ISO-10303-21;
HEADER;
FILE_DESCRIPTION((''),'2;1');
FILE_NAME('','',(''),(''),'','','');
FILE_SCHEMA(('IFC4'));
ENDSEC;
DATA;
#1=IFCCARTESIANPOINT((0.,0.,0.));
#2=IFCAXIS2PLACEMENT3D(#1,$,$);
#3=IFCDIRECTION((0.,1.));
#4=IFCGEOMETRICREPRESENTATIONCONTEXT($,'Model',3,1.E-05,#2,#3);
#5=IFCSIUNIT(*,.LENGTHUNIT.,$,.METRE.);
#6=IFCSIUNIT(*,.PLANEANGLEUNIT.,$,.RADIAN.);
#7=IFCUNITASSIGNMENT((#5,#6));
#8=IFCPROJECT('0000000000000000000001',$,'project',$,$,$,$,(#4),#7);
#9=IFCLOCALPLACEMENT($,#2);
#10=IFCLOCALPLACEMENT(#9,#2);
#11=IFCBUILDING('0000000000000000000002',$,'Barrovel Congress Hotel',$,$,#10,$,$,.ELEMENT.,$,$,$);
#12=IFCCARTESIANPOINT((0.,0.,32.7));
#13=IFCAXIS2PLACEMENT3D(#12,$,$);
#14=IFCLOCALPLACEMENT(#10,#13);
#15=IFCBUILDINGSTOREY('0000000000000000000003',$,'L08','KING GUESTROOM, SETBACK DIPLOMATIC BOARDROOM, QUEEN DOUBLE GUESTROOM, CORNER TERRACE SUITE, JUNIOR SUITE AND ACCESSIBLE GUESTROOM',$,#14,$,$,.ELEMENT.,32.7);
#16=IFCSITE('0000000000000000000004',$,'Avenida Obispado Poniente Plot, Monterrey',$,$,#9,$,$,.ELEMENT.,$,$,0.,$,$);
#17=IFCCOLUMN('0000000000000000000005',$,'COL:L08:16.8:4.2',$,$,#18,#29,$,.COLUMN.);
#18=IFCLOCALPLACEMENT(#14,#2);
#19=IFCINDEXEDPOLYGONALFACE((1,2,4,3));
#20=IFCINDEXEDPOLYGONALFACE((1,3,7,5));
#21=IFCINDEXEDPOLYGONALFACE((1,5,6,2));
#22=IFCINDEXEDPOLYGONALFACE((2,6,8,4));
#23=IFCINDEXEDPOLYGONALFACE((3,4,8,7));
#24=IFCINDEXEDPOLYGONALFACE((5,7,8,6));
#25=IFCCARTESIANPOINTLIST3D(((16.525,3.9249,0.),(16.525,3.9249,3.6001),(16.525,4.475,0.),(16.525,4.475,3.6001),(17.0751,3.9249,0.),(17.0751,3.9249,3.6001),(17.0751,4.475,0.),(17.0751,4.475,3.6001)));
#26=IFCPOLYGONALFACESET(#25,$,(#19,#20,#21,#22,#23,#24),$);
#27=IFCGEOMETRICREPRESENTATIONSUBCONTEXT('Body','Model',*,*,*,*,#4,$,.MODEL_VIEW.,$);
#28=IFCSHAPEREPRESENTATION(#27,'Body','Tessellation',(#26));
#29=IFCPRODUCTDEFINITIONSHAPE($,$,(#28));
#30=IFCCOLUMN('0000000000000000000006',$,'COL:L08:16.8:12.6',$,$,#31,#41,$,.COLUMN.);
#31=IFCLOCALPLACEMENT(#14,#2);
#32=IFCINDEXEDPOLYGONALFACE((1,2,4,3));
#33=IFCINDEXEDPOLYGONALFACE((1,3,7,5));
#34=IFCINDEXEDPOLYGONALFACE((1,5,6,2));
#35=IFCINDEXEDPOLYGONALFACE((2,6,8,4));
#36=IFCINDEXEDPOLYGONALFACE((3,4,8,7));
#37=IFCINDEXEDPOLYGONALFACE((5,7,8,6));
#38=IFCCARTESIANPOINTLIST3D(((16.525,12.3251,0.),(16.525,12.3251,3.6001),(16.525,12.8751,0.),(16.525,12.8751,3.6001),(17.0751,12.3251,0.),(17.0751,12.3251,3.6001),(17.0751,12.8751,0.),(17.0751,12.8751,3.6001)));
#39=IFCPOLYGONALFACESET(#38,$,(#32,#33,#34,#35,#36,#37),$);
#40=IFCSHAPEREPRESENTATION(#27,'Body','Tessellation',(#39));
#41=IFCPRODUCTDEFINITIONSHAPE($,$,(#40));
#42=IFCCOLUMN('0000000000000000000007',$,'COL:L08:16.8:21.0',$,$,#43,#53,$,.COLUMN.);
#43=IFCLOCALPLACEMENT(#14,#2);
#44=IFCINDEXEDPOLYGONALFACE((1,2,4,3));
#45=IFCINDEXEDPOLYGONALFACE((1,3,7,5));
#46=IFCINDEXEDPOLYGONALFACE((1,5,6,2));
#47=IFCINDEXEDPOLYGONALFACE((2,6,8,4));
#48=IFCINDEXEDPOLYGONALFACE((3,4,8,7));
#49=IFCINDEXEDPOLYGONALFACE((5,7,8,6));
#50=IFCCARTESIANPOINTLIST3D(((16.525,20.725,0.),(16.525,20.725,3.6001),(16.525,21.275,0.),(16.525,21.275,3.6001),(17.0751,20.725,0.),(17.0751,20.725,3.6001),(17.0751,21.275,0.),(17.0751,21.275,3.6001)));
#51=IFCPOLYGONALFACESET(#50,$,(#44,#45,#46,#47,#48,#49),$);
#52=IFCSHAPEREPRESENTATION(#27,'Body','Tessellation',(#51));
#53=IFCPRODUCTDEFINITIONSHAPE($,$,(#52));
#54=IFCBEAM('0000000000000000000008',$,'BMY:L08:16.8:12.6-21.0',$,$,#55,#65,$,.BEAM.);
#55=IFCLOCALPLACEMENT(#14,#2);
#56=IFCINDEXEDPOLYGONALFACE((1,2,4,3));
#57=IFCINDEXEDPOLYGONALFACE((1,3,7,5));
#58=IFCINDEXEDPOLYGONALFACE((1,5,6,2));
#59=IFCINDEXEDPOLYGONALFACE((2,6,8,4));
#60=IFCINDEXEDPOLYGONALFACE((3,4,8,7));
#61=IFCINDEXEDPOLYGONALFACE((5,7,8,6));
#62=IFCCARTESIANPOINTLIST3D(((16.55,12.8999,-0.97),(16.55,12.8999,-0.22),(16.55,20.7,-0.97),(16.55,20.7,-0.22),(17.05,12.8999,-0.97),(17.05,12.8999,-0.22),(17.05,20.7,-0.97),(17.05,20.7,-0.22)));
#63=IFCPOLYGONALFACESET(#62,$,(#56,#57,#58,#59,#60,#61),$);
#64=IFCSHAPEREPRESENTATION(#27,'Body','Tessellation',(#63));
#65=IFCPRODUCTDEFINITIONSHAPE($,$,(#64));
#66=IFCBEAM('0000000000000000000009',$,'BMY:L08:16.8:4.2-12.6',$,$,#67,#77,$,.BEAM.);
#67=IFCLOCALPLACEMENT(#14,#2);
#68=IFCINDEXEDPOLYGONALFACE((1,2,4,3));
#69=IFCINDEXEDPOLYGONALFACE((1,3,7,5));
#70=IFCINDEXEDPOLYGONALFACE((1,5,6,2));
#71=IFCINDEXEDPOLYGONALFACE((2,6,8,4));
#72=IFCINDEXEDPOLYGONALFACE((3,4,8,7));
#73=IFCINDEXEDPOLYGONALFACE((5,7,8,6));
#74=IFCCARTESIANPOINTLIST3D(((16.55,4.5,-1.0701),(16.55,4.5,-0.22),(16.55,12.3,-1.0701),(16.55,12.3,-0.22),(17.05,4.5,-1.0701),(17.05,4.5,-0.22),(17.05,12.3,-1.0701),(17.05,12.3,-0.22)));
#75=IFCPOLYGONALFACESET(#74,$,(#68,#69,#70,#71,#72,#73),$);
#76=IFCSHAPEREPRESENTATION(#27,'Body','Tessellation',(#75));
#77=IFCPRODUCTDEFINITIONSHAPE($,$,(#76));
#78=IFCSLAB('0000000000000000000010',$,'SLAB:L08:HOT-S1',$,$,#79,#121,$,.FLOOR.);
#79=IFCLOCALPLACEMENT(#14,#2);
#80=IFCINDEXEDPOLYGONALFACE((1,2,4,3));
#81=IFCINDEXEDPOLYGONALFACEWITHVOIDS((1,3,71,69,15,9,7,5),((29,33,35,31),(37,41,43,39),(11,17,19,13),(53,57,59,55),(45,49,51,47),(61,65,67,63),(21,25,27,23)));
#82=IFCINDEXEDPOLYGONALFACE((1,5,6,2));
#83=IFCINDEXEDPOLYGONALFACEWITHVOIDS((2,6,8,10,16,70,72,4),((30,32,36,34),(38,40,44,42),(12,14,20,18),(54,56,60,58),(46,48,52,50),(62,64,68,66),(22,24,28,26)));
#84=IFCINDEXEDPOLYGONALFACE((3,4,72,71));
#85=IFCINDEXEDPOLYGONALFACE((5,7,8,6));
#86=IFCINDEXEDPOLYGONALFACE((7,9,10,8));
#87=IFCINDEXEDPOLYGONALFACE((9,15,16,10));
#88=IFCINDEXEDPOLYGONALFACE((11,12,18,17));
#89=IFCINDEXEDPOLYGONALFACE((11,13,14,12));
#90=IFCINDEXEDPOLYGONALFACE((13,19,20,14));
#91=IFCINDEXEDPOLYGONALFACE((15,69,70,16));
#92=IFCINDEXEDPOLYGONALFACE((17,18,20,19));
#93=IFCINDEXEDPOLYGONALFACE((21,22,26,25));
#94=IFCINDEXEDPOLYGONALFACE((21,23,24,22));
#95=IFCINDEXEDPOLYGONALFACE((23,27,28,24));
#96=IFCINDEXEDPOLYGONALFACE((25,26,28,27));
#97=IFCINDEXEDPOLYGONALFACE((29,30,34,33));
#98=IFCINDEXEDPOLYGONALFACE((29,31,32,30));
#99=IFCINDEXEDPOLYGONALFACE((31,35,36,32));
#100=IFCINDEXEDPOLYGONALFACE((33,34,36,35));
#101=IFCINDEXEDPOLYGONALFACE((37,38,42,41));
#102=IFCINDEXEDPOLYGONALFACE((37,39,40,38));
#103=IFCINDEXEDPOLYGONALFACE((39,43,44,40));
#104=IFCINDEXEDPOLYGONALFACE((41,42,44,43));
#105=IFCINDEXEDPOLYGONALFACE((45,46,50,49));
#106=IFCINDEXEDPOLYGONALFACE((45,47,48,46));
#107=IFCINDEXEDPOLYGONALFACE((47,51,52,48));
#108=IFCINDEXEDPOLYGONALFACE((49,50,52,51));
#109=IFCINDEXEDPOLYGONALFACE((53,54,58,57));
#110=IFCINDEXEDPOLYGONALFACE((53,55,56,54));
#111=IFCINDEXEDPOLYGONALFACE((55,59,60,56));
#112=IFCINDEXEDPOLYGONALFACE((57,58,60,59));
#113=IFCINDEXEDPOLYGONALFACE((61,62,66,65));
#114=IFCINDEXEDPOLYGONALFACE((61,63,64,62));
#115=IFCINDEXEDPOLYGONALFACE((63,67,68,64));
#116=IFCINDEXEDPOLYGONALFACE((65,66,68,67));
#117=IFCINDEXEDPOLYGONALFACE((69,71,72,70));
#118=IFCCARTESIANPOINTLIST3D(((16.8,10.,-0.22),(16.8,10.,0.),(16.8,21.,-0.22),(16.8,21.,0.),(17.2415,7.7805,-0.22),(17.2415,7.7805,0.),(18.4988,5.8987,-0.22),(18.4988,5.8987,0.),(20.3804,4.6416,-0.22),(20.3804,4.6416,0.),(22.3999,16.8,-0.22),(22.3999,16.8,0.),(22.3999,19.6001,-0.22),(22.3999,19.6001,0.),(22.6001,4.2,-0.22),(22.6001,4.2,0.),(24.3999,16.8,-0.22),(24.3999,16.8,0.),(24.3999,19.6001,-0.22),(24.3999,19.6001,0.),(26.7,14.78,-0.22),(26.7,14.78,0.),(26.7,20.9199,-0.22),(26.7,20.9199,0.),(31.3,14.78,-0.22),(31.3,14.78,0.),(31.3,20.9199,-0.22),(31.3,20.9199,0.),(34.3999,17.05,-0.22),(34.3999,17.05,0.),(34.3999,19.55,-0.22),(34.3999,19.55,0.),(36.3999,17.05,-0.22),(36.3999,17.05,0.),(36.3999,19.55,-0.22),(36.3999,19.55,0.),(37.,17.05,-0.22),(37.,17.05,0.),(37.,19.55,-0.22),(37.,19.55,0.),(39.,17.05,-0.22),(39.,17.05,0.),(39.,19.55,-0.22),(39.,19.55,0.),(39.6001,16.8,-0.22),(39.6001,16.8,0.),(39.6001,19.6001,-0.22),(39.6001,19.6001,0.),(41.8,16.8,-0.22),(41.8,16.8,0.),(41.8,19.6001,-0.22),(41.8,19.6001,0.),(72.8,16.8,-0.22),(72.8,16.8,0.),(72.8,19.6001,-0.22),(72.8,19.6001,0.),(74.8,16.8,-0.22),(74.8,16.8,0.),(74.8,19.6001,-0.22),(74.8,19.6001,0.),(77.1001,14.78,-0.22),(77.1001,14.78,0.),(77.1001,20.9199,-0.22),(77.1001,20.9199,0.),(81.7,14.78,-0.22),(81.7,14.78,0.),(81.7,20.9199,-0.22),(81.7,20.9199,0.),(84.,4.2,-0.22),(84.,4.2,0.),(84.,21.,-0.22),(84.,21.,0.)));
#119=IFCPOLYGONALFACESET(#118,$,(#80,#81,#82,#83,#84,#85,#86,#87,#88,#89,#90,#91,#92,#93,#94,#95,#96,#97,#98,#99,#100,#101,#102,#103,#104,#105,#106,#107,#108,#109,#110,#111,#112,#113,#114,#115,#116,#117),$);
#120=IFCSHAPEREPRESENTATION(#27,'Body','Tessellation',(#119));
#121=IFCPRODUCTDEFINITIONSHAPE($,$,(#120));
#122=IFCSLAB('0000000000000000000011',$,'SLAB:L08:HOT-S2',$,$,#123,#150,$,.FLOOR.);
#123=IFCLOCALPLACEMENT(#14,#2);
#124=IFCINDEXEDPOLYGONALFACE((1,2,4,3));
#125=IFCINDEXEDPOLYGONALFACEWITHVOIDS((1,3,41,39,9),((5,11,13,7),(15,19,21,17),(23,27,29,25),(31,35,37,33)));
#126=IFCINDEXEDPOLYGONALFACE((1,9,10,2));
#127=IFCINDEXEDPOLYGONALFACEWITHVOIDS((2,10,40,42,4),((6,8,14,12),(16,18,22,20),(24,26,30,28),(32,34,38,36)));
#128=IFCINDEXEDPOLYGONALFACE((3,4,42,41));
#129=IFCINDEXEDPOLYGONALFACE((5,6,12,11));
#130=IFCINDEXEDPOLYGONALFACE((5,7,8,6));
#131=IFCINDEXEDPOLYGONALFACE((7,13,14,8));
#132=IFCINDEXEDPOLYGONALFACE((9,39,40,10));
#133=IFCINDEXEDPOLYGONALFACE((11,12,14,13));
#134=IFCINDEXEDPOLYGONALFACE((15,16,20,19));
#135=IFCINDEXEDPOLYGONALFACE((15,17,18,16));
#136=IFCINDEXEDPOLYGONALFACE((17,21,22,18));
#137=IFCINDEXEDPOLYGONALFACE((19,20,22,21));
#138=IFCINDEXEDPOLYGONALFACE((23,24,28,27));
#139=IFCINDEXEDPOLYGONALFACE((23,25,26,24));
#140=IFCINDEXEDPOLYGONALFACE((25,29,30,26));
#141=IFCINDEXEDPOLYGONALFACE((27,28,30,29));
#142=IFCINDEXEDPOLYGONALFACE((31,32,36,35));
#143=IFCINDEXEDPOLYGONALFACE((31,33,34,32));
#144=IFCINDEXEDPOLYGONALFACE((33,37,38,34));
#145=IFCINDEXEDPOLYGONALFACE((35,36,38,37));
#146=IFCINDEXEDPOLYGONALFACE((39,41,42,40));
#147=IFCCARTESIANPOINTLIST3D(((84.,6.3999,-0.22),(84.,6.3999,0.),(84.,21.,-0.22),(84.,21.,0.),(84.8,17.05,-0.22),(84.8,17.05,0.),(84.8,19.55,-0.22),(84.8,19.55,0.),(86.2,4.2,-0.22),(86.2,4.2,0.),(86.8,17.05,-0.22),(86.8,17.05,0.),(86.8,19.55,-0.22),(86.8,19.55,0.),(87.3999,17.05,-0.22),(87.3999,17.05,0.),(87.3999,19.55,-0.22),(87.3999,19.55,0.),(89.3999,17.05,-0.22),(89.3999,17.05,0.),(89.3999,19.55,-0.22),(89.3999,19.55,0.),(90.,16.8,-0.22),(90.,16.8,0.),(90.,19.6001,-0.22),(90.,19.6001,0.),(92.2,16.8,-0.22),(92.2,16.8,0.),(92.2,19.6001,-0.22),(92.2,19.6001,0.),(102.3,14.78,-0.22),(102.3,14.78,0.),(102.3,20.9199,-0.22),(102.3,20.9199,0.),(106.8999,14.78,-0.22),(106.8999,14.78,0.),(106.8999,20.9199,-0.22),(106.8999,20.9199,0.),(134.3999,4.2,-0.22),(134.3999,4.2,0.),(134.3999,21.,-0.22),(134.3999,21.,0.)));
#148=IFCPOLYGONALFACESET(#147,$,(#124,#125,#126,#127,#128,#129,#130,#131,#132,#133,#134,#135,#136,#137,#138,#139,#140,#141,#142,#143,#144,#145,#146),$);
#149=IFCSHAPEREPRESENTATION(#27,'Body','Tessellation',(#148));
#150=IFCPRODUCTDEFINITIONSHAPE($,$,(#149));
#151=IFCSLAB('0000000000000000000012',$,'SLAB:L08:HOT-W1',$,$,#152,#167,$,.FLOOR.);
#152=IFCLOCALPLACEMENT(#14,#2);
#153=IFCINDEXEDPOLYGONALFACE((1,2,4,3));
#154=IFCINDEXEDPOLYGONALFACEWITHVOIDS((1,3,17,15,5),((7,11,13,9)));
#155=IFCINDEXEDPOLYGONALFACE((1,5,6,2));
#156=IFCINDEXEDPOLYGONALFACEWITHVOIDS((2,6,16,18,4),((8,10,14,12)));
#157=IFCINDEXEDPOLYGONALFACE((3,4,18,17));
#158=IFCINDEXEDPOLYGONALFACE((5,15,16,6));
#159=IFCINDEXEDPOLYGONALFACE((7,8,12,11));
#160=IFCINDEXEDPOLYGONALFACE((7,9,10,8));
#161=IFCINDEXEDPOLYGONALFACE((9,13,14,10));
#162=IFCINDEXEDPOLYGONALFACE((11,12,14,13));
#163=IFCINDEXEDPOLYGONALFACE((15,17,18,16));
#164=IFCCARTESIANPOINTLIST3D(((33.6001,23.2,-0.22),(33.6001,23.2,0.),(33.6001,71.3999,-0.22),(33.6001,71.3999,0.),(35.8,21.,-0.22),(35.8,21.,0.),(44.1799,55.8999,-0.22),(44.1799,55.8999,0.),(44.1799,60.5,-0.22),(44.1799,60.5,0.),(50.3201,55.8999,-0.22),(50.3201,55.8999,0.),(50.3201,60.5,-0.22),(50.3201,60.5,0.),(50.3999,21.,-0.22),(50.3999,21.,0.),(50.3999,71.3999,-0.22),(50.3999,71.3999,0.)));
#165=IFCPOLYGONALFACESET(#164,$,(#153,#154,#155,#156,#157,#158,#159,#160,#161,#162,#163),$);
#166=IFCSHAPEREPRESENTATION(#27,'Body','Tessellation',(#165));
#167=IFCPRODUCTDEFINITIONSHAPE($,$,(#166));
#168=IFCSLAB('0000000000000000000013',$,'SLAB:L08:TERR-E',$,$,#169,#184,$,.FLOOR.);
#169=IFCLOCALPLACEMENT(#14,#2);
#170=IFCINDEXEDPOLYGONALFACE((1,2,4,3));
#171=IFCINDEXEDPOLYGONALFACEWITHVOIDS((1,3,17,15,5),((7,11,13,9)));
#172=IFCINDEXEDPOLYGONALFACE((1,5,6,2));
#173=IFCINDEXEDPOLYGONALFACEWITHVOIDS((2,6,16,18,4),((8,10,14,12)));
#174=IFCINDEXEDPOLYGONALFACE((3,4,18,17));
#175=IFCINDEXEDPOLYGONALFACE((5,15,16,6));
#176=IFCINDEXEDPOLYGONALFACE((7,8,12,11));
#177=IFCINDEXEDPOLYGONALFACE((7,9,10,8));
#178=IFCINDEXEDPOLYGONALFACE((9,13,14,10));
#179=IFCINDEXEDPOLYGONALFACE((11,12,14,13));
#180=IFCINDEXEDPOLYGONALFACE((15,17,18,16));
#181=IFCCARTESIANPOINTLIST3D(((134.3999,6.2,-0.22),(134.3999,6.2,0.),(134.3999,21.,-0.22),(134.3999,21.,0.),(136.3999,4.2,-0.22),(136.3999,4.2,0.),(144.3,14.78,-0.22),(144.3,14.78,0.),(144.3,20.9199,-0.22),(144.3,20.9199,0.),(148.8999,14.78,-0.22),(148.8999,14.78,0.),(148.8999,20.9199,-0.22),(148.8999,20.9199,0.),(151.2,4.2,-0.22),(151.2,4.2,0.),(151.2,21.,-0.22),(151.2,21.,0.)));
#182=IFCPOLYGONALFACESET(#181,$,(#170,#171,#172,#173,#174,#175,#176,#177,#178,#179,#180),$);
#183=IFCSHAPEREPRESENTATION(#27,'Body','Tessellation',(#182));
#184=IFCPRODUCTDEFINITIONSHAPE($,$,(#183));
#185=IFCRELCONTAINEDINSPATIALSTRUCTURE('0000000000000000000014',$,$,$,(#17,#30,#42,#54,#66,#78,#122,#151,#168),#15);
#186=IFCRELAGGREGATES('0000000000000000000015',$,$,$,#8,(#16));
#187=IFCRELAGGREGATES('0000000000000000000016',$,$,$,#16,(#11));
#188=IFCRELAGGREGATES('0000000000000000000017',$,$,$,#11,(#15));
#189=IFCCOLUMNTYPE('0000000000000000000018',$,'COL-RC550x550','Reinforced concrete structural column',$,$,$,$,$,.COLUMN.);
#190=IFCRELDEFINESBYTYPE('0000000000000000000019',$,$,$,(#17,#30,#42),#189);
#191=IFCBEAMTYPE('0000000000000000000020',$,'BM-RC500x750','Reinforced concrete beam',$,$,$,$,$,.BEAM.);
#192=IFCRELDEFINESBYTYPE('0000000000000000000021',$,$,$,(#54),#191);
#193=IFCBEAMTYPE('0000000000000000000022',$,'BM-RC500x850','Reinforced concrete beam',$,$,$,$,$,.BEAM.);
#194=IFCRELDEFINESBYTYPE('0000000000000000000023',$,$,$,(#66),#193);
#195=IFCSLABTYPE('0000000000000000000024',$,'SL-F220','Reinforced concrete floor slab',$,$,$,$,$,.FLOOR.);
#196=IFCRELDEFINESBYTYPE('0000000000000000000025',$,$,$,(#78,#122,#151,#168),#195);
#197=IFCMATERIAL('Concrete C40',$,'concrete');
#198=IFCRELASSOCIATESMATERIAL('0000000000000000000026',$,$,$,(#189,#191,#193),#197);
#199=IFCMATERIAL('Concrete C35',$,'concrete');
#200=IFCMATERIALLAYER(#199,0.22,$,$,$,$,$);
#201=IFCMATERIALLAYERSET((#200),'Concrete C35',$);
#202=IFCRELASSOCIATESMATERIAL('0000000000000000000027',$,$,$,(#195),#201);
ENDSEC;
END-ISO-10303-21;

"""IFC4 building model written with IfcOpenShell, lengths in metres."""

from ifc_helpers import new_model, si_unit, direction, frame, origin, origin_2d, place, context, subcontext, project, spatial, polyline, rectangle, outline, extrude, material, layer, layer_set, material_profile, profile_set, type_object, element, save


model = new_model("IFC4")

# Units and contexts
model_context = context("Model", 3, precision=1e-05, world=origin(), true_north=direction((0.0, 1.0)))
body_context = subcontext(model_context, "Body", "Model", "MODEL_VIEW")
ifc_project = project(units=[si_unit("LENGTHUNIT", "METRE"), si_unit("PLANEANGLEUNIT", "RADIAN")], contexts=[model_context])

# Site, building, storey
site_placement = place(None, origin())
site = spatial("IfcSite", under=ifc_project, at=site_placement, Name="Avenida Obispado Poniente Plot, Monterrey", CompositionType="ELEMENT", RefElevation=0.0)
building_placement = place(site_placement, origin())
building = spatial("IfcBuilding", under=site, at=building_placement, Name="Barrovel Congress Hotel", CompositionType="ELEMENT")
storey_placement = place(building_placement, frame((0.0, 0.0, 32.7)))
storey = spatial("IfcBuildingStorey", under=building, at=storey_placement, Name="L08", Description="KING GUESTROOM, SETBACK DIPLOMATIC BOARDROOM, QUEEN DOUBLE GUESTROOM, CORNER TERRACE SUITE, JUNIOR SUITE AND ACCESSIBLE GUESTROOM", CompositionType="ELEMENT", Elevation=32.7)

# Columns
ifc_material_1 = material(Name="Concrete C40", Category="concrete")
ifc_material_profile_1 = material_profile(ifc_material_1, rectangle(XDim=0.55, YDim=0.55, at=origin_2d()), Name="RC550x550")
ifc_profile_set_1 = profile_set([ifc_material_profile_1], Name="Concrete C40")
column_type = type_object("IfcColumnType", Name="COL-RC550x550", Description="Reinforced concrete structural column", PredefinedType="COLUMN", material=ifc_profile_set_1)
for number, where, z_axis, x_axis, name in (
    (1, (16.8, 4.2, 0.0), (0.0, 0.0, 1.0), (1.0, 0.0, 0.0), "COL:L08:16.8:4.2"),
    (2, (16.8, 12.6001, 0.0), (0.0, 0.0, 1.0), (1.0, 0.0, 0.0), "COL:L08:16.8:12.6"),
    (3, (16.8, 21.0, 0.0), (0.0, 0.0, 1.0), (1.0, 0.0, 0.0), "COL:L08:16.8:21.0"),
):
    element("IfcColumn", number, at=place(storey_placement, frame(where, z_axis=z_axis, x_axis=x_axis)), inside=storey, type_object=column_type, Name=name, PredefinedType="COLUMN", context=body_context, shape_type="SweptSolid", body=[
        extrude(rectangle(XDim=0.55, YDim=0.55, at=origin_2d()), origin(), (0.0, 0.0, 1.0), 3.6001),
    ])

# Beams
ifc_material_profile_2 = material_profile(ifc_material_1, rectangle(XDim=0.5, YDim=0.75, at=origin_2d()), Name="RC500x750")
ifc_profile_set_2 = profile_set([ifc_material_profile_2], Name="Concrete C40")
beam_type_1 = type_object("IfcBeamType", Name="BM-RC500x750", Description="Reinforced concrete beam", PredefinedType="BEAM", material=ifc_profile_set_2)
beam_1_placement = place(storey_placement, frame((16.8, 12.8999, -0.595), z_axis=(0.0, 1.0, 0.0), x_axis=(-1.0, 0.0, 0.0)))
element("IfcBeam", 4, at=beam_1_placement, inside=storey, type_object=beam_type_1, Name="BMY:L08:16.8:12.6-21.0", PredefinedType="BEAM", context=body_context, shape_type="SweptSolid", body=[
    extrude(rectangle(XDim=0.5, YDim=0.75, at=origin_2d()), origin(), (0.0, 0.0, 1.0), 7.8),
])
ifc_material_profile_3 = material_profile(ifc_material_1, rectangle(XDim=0.5, YDim=0.8501, at=origin_2d()), Name="RC500x850")
ifc_profile_set_3 = profile_set([ifc_material_profile_3], Name="Concrete C40")
beam_type_2 = type_object("IfcBeamType", Name="BM-RC500x850", Description="Reinforced concrete beam", PredefinedType="BEAM", material=ifc_profile_set_3)
beam_2_placement = place(storey_placement, frame((16.8, 4.5, -0.645), z_axis=(0.0, 1.0, 0.0), x_axis=(-1.0, 0.0, 0.0)))
element("IfcBeam", 5, at=beam_2_placement, inside=storey, type_object=beam_type_2, Name="BMY:L08:16.8:4.2-12.6", PredefinedType="BEAM", context=body_context, shape_type="SweptSolid", body=[
    extrude(rectangle(XDim=0.5, YDim=0.8501, at=origin_2d()), origin(), (0.0, 0.0, 1.0), 7.8),
])

# Slabs
ifc_material_2 = material(Name="Concrete C35", Category="concrete")
ifc_layer_1 = layer(ifc_material_2, 0.22)
ifc_layer_set_1 = layer_set([ifc_layer_1], Name="Concrete C35")
slab_type_1 = type_object("IfcSlabType", Name="SL-F220", Description="Reinforced concrete floor slab", PredefinedType="FLOOR", material=ifc_layer_set_1)
slab_1_placement = place(storey_placement, frame((0.0, 0.0, -0.22)))
element("IfcSlab", 6, at=slab_1_placement, inside=storey, type_object=slab_type_1, Name="SLAB:L08:HOT-S1", PredefinedType="FLOOR", context=body_context, shape_type="SweptSolid", body=[
    extrude(outline(polyline([(16.8, 10.0), (17.2415, 7.7805), (18.4988, 5.8987), (20.3804, 4.6416), (22.6001, 4.2), (84.0, 4.2), (84.0, 21.0), (16.8, 21.0), (16.8, 10.0)]), holes=[polyline([(26.7, 14.78), (26.7, 20.9199), (31.3, 20.9199), (31.3, 14.78), (26.7, 14.78)]), polyline([(77.1001, 14.78), (77.1001, 20.9199), (81.7, 20.9199), (81.7, 14.78), (77.1001, 14.78)]), polyline([(22.3999, 16.8), (22.3999, 19.6001), (24.3999, 19.6001), (24.3999, 16.8), (22.3999, 16.8)]), polyline([(72.8, 16.8), (72.8, 19.6001), (74.8, 19.6001), (74.8, 16.8), (72.8, 16.8)]), polyline([(34.3999, 17.05), (34.3999, 19.55), (36.3999, 19.55), (36.3999, 17.05), (34.3999, 17.05)]), polyline([(37.0, 17.05), (37.0, 19.55), (39.0, 19.55), (39.0, 17.05), (37.0, 17.05)]), polyline([(39.6001, 16.8), (39.6001, 19.6001), (41.8, 19.6001), (41.8, 16.8), (39.6001, 16.8)])]), origin(), (0.0, 0.0, 1.0), 0.22),
])
slab_2_placement = place(storey_placement, frame((0.0, 0.0, -0.22)))
element("IfcSlab", 7, at=slab_2_placement, inside=storey, type_object=slab_type_1, Name="SLAB:L08:HOT-S2", PredefinedType="FLOOR", context=body_context, shape_type="SweptSolid", body=[
    extrude(outline(polyline([(86.2, 4.2), (134.3999, 4.2), (134.3999, 21.0), (84.0, 21.0), (84.0, 6.3999), (86.2, 4.2)]), holes=[polyline([(102.3, 14.78), (102.3, 20.9199), (106.8999, 20.9199), (106.8999, 14.78), (102.3, 14.78)]), polyline([(84.8, 17.05), (84.8, 19.55), (86.8, 19.55), (86.8, 17.05), (84.8, 17.05)]), polyline([(87.3999, 17.05), (87.3999, 19.55), (89.3999, 19.55), (89.3999, 17.05), (87.3999, 17.05)]), polyline([(90.0, 16.8), (90.0, 19.6001), (92.2, 19.6001), (92.2, 16.8), (90.0, 16.8)])]), origin(), (0.0, 0.0, 1.0), 0.22),
])
slab_3_placement = place(storey_placement, frame((0.0, 0.0, -0.22)))
element("IfcSlab", 8, at=slab_3_placement, inside=storey, type_object=slab_type_1, Name="SLAB:L08:HOT-W1", PredefinedType="FLOOR", context=body_context, shape_type="SweptSolid", body=[
    extrude(outline(polyline([(35.8, 21.0), (50.3999, 21.0), (50.3999, 71.3999), (33.6001, 71.3999), (33.6001, 23.2), (35.8, 21.0)]), holes=[polyline([(44.1799, 55.8999), (44.1799, 60.5), (50.3201, 60.5), (50.3201, 55.8999), (44.1799, 55.8999)])]), origin(), (0.0, 0.0, 1.0), 0.22),
])
slab_4_placement = place(storey_placement, frame((0.0, 0.0, -0.22)))
element("IfcSlab", 9, at=slab_4_placement, inside=storey, type_object=slab_type_1, Name="SLAB:L08:TERR-E", PredefinedType="FLOOR", context=body_context, shape_type="SweptSolid", body=[
    extrude(outline(polyline([(136.3999, 4.2), (151.2, 4.2), (151.2, 21.0), (134.3999, 21.0), (134.3999, 6.2), (136.3999, 4.2)]), holes=[polyline([(144.3, 14.78), (144.3, 20.9199), (148.8999, 20.9199), (148.8999, 14.78), (144.3, 14.78)])]), origin(), (0.0, 0.0, 1.0), 0.22),
])

save(model, "model.ifc")
